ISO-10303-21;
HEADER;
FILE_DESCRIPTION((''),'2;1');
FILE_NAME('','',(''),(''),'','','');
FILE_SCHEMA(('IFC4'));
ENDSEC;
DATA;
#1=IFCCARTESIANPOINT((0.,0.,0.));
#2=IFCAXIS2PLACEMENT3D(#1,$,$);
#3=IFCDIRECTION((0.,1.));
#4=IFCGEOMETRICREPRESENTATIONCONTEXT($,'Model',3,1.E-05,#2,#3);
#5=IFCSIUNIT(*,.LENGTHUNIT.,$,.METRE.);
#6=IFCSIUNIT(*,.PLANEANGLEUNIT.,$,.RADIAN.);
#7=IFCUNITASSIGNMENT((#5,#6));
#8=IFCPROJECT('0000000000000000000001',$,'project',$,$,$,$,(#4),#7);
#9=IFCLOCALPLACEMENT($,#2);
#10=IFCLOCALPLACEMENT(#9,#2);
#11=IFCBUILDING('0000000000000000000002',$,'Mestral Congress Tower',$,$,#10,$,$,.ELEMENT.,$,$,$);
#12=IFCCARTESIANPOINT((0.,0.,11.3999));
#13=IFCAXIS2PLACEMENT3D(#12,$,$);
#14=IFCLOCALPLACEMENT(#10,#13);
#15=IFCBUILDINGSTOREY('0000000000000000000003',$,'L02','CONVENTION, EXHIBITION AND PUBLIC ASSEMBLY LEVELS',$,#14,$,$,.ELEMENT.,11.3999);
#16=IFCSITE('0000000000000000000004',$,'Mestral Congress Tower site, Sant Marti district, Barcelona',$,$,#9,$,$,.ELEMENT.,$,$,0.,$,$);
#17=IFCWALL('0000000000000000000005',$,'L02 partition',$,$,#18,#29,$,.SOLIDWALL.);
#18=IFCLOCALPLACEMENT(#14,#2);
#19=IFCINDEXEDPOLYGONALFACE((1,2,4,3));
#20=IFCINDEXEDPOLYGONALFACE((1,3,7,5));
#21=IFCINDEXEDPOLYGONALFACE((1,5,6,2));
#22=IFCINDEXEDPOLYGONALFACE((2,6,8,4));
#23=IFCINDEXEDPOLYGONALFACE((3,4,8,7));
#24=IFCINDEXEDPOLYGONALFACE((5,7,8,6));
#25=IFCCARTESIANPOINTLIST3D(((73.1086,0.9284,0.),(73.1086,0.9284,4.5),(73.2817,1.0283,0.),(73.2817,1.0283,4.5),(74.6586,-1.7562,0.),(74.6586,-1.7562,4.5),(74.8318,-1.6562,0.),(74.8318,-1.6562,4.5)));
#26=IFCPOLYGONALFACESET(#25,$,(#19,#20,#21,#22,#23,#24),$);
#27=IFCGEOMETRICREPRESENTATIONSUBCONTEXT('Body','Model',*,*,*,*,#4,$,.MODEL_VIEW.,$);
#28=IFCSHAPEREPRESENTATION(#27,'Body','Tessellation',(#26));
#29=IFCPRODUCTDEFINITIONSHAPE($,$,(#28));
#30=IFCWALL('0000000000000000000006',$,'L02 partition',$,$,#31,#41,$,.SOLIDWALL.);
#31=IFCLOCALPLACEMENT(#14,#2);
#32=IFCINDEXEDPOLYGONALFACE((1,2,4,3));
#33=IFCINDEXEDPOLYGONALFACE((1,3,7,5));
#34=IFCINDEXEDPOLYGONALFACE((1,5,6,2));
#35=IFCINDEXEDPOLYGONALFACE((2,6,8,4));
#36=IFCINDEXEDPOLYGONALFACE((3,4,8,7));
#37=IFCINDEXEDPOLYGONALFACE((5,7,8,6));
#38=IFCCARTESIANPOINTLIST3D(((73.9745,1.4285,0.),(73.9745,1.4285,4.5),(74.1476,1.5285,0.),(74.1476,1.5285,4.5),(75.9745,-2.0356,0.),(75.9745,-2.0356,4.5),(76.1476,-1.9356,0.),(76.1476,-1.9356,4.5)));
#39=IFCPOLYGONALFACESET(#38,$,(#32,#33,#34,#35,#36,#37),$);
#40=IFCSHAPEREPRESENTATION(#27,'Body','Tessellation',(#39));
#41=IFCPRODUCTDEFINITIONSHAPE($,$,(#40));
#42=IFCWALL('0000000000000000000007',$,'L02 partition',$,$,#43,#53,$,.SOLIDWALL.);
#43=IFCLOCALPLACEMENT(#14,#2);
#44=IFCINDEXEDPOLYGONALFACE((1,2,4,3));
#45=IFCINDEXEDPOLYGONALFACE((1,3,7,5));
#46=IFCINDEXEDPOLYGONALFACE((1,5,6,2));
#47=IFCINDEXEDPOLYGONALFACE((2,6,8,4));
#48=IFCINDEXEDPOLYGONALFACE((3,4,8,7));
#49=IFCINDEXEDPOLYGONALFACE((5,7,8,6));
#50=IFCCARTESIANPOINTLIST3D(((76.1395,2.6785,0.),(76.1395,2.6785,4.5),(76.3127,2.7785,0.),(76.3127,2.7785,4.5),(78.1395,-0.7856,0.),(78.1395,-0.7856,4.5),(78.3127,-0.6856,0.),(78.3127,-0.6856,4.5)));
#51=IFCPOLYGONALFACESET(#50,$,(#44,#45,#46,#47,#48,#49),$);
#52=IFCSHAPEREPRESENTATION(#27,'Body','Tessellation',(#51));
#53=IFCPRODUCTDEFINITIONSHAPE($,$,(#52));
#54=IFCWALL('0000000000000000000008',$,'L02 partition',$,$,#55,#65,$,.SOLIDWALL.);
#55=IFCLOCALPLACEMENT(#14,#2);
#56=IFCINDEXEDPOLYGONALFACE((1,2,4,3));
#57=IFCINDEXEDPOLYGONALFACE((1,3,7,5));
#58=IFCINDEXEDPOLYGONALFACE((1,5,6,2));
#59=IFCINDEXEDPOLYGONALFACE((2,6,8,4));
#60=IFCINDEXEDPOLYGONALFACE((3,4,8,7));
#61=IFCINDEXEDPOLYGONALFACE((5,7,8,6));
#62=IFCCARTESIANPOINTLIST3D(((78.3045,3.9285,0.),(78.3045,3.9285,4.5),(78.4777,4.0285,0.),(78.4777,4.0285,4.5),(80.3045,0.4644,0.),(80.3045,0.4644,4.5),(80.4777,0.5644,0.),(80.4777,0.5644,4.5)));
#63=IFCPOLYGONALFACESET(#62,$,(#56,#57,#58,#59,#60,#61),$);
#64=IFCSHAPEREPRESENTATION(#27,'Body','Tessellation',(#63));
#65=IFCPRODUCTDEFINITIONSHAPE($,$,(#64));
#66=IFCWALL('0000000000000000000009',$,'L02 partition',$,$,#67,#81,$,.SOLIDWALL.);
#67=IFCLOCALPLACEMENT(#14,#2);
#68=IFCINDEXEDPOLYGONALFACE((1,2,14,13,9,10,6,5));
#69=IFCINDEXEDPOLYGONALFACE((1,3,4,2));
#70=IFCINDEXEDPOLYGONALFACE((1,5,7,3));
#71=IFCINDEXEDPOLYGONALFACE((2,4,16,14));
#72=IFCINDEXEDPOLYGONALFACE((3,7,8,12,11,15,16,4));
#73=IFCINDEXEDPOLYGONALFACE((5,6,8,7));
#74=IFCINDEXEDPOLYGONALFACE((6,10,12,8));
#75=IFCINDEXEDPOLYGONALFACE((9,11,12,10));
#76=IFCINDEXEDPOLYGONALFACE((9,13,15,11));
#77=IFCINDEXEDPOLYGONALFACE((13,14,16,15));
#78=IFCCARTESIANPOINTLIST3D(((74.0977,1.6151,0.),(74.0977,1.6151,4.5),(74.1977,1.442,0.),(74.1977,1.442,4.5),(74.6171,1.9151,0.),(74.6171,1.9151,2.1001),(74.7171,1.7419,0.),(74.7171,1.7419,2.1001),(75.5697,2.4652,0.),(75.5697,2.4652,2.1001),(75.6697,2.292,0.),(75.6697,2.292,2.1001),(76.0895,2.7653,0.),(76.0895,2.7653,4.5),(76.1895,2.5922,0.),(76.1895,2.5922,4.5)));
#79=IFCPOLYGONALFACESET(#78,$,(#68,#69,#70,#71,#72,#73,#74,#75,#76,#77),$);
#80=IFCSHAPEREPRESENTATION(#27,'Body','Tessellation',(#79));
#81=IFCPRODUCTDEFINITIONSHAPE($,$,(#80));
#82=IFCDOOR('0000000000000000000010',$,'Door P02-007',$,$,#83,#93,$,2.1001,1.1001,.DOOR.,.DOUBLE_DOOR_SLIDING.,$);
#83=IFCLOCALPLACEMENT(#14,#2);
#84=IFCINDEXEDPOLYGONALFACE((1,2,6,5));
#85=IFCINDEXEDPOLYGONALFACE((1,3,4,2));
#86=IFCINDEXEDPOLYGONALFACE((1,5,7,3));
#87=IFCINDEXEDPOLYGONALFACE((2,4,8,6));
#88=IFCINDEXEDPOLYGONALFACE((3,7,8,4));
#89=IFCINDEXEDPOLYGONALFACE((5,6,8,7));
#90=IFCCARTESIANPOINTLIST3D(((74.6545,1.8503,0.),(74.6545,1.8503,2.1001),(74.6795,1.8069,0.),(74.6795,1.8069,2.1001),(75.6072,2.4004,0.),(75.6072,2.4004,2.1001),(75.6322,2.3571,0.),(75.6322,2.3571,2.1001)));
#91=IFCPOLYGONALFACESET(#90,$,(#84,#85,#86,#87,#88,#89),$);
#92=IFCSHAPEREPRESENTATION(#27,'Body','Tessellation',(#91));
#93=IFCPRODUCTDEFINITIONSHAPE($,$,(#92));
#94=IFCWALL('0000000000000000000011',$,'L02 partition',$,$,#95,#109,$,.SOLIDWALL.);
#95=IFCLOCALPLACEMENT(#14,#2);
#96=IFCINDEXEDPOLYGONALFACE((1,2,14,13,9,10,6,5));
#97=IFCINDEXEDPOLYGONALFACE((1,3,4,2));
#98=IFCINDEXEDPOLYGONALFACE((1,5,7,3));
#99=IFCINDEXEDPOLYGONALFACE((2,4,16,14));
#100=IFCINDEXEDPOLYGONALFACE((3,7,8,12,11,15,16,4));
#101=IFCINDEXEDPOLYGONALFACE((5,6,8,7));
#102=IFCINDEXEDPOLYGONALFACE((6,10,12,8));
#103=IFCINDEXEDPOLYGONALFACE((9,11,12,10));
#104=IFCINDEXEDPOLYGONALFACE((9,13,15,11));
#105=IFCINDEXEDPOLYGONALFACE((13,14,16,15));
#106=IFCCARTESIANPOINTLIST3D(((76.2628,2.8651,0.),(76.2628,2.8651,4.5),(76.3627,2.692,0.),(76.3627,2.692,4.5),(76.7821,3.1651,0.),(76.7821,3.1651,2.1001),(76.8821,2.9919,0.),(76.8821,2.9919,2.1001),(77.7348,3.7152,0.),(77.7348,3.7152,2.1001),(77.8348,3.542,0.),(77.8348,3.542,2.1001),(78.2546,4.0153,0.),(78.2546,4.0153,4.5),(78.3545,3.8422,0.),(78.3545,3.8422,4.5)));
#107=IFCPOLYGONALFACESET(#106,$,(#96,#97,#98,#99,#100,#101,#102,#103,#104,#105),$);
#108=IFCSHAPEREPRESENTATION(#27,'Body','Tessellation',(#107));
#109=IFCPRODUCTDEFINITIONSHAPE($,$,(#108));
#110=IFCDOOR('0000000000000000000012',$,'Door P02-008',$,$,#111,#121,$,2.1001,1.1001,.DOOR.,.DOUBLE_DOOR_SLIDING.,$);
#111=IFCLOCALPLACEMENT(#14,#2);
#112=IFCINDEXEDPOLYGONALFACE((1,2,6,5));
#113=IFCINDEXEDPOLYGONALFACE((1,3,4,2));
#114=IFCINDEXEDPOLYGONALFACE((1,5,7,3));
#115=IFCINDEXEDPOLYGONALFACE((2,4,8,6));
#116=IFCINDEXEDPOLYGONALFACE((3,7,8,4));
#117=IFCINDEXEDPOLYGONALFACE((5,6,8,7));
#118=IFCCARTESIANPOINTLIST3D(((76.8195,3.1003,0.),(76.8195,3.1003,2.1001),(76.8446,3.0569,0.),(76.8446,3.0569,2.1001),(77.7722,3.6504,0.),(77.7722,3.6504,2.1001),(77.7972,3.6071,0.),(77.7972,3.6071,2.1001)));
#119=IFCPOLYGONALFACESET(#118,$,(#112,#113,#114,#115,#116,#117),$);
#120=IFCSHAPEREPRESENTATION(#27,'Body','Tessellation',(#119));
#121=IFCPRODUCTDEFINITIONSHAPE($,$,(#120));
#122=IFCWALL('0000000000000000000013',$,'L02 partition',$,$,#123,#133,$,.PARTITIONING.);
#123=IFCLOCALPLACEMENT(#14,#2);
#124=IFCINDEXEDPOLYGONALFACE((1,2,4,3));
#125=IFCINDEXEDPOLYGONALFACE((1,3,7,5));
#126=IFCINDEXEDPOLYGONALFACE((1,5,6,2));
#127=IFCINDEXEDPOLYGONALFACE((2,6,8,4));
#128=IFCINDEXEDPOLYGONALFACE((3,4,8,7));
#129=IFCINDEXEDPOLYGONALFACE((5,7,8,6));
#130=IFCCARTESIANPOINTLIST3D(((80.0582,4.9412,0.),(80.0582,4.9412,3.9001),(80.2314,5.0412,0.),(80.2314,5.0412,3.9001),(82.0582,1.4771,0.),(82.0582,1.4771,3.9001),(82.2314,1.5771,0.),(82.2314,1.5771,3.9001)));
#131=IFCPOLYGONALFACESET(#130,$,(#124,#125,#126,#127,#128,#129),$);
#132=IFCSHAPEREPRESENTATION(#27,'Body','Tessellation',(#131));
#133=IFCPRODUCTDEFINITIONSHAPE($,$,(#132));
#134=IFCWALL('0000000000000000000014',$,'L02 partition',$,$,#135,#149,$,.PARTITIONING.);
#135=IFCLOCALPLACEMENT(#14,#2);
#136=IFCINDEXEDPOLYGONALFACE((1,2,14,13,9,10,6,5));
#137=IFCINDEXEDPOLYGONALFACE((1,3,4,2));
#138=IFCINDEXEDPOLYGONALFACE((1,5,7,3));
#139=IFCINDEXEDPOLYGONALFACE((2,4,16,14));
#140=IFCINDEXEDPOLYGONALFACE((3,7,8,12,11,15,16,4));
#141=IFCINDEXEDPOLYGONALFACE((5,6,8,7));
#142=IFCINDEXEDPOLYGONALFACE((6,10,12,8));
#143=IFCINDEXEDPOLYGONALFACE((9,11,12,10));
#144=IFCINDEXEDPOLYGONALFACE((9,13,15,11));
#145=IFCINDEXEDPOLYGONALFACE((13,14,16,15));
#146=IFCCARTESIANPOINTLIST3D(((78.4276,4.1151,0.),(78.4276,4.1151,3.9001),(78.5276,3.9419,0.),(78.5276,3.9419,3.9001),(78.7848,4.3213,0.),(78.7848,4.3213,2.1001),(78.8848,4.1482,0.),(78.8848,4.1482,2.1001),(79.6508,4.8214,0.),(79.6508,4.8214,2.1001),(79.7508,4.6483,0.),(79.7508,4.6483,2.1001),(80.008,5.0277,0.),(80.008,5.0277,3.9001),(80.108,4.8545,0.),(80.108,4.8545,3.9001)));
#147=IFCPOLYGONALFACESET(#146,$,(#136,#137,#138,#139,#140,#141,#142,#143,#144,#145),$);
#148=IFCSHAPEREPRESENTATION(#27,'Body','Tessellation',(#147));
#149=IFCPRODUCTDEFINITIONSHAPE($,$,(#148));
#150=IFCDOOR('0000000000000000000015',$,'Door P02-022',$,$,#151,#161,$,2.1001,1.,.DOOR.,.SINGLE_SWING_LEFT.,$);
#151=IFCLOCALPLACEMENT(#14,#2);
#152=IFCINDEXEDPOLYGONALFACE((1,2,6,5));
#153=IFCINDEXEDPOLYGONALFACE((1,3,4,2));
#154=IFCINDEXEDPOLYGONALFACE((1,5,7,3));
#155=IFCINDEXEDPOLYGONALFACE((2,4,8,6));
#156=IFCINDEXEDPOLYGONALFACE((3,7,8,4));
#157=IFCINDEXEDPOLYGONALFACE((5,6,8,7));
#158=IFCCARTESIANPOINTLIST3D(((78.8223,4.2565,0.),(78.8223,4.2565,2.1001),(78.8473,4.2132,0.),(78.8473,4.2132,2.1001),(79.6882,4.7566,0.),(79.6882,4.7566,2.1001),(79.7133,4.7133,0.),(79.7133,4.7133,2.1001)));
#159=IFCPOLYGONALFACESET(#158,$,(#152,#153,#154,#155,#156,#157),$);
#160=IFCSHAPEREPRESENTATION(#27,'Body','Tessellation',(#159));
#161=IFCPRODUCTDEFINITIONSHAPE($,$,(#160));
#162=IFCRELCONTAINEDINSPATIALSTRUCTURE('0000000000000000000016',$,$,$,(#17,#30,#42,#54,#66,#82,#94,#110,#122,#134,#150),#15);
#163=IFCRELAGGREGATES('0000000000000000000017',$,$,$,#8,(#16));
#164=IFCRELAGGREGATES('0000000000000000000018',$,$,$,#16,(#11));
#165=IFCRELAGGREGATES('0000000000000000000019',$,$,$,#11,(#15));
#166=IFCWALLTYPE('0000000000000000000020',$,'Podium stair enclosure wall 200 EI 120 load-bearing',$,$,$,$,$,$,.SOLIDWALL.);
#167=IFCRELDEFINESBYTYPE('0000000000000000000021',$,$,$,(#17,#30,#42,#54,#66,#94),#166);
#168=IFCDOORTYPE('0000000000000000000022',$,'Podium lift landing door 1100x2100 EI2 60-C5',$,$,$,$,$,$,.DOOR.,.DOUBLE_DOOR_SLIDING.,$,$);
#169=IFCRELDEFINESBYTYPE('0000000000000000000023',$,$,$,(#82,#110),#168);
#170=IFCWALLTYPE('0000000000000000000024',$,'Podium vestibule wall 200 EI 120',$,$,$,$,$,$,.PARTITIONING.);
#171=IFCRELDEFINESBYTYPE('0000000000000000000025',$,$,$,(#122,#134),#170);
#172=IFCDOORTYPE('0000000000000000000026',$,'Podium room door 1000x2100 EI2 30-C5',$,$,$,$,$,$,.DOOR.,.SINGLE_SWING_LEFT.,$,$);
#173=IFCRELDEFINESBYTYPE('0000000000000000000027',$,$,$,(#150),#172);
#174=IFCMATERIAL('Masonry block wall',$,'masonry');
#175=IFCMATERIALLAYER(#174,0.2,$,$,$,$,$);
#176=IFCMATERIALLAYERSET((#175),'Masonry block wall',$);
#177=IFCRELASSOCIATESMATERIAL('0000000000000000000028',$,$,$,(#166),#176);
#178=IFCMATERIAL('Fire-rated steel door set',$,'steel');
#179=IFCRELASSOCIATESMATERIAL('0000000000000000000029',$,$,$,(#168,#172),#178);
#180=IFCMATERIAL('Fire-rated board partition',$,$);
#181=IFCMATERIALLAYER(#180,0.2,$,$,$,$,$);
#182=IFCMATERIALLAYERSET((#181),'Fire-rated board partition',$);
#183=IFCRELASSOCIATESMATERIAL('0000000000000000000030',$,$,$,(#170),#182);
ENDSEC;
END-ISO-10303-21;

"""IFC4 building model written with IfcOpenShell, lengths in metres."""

from ifc_helpers import new_model, si_unit, direction, frame, frame_2d, origin, place, context, subcontext, project, spatial, rectangle, extrude, material, layer, layer_set, type_object, element, fill, save


model = new_model("IFC4")

# Units and contexts
model_context = context("Model", 3, precision=1e-05, world=origin(), true_north=direction((0.0, 1.0)))
body_context = subcontext(model_context, "Body", "Model", "MODEL_VIEW")
ifc_project = project(units=[si_unit("LENGTHUNIT", "METRE"), si_unit("PLANEANGLEUNIT", "RADIAN")], contexts=[model_context])

# Site, building, storey
site_placement = place(None, origin())
site = spatial("IfcSite", under=ifc_project, at=site_placement, Name="Mestral Congress Tower site, Sant Marti district, Barcelona", CompositionType="ELEMENT", RefElevation=0.0)
building_placement = place(site_placement, origin())
building = spatial("IfcBuilding", under=site, at=building_placement, Name="Mestral Congress Tower", CompositionType="ELEMENT")
storey_placement = place(building_placement, frame((0.0, 0.0, 11.3999)))
storey = spatial("IfcBuildingStorey", under=building, at=storey_placement, Name="L02", Description="CONVENTION, EXHIBITION AND PUBLIC ASSEMBLY LEVELS", CompositionType="ELEMENT", Elevation=11.3999)

# Shared definitions
ifc_material_1 = material(Name="Masonry block wall", Category="masonry")
ifc_material_2 = material(Name="Fire-rated steel door set", Category="steel")

# Walls
ifc_layer_1 = layer(ifc_material_1, 0.2)
ifc_layer_set_1 = layer_set([ifc_layer_1], Name="Masonry block wall")
wall_type_1 = type_object("IfcWallType", Name="Podium stair enclosure wall 200 EI 120 load-bearing", PredefinedType="SOLIDWALL", material=ifc_layer_set_1)
wall_1_placement = place(storey_placement, frame((74.7451, -1.7061, 0.0), z_axis=(0.0, 0.0, 1.0), x_axis=(-0.500027, 0.86601, 0.0)))
element("IfcWall", 1, at=wall_1_placement, inside=storey, type_object=wall_type_1, Name="L02 partition", PredefinedType="SOLIDWALL", context=body_context, shape_type="SweptSolid", body=[
    extrude(rectangle(XDim=3.0999, YDim=0.2, at=frame_2d((1.5498, 0.0))), origin(), (0.0, 0.0, 1.0), 4.5),
])
for number, where, z_axis, x_axis, name in (
    (2, (76.061, -1.9856, 0.0), (0.0, 0.0, 1.0), (-0.499999, 0.866026, 0.0), "L02 partition"),
    (3, (78.2261, -0.7356, 0.0), (0.0, 0.0, 1.0), (-0.499999, 0.866026, 0.0), "L02 partition"),
    (4, (80.3911, 0.5144, 0.0), (0.0, 0.0, 1.0), (-0.499999, 0.866026, 0.0), "L02 partition"),
):
    element("IfcWall", number, at=place(storey_placement, frame(where, z_axis=z_axis, x_axis=x_axis)), inside=storey, type_object=wall_type_1, Name=name, PredefinedType="SOLIDWALL", context=body_context, shape_type="SweptSolid", body=[
        extrude(rectangle(XDim=4.0, YDim=0.2, at=frame_2d((2.0, 0.0))), origin(), (0.0, 0.0, 1.0), 4.5),
    ])

# Walls, openings, doors
wall_2_placement = place(storey_placement, frame((76.1394, 2.6787, 0.0), z_axis=(0.0, 0.0, 1.0), x_axis=(-0.865981, -0.500078, 0.0)))
wall_2 = element("IfcWall", 5, at=wall_2_placement, inside=storey, type_object=wall_type_1, Name="L02 partition", PredefinedType="SOLIDWALL", context=body_context, shape_type="SweptSolid", body=[
    extrude(rectangle(XDim=2.3, YDim=0.2, at=frame_2d((1.1499, 0.0))), origin(), (0.0, 0.0, 1.0), 4.5),
])
opening_1_placement = place(wall_2_placement, frame((0.6001, 0.0, 0.0)))
opening_1 = element("IfcOpeningElement", 6, at=opening_1_placement, cuts=wall_2, PredefinedType="OPENING", context=body_context, shape_type="SweptSolid", body=[
    extrude(rectangle(XDim=1.1001, YDim=2.1001, at=frame_2d((0.55, 1.05))), frame((0.0, 0.1099, 0.0), z_axis=(0.0, -1.0, 0.0), x_axis=(1.0, 0.0, 0.0)), (0.0, 0.0, 1.0), 0.22),
])
door_type_1 = type_object("IfcDoorType", Name="Podium lift landing door 1100x2100 EI2 60-C5", OperationType="DOUBLE_DOOR_SLIDING", PredefinedType="DOOR", material=ifc_material_2)
door_1_placement = place(opening_1_placement, origin())
door_1 = element("IfcDoor", 7, at=door_1_placement, inside=storey, type_object=door_type_1, Name="Door P02-007", OperationType="DOUBLE_DOOR_SLIDING", OverallHeight=2.1001, OverallWidth=1.1001, PredefinedType="DOOR", context=body_context, shape_type="SweptSolid", body=[
    extrude(rectangle(XDim=1.1001, YDim=2.1001, at=frame_2d((0.55, 1.05))), frame((0.0, 0.0249, 0.0), z_axis=(0.0, -1.0, 0.0), x_axis=(1.0, 0.0, 0.0)), (0.0, 0.0, 1.0), 0.05),
])
fill(opening_1, door_1)
wall_3_placement = place(storey_placement, frame((78.3044, 3.9287, 0.0), z_axis=(0.0, 0.0, 1.0), x_axis=(-0.865981, -0.500078, 0.0)))
wall_3 = element("IfcWall", 8, at=wall_3_placement, inside=storey, type_object=wall_type_1, Name="L02 partition", PredefinedType="SOLIDWALL", context=body_context, shape_type="SweptSolid", body=[
    extrude(rectangle(XDim=2.3, YDim=0.2, at=frame_2d((1.1499, 0.0))), origin(), (0.0, 0.0, 1.0), 4.5),
])
opening_2_placement = place(wall_3_placement, frame((0.6001, 0.0, 0.0)))
opening_2 = element("IfcOpeningElement", 9, at=opening_2_placement, cuts=wall_3, PredefinedType="OPENING", context=body_context, shape_type="SweptSolid", body=[
    extrude(rectangle(XDim=1.1001, YDim=2.1001, at=frame_2d((0.55, 1.05))), frame((0.0, 0.1099, 0.0), z_axis=(0.0, -1.0, 0.0), x_axis=(1.0, 0.0, 0.0)), (0.0, 0.0, 1.0), 0.22),
])
door_2_placement = place(opening_2_placement, origin())
door_2 = element("IfcDoor", 10, at=door_2_placement, inside=storey, type_object=door_type_1, Name="Door P02-008", OperationType="DOUBLE_DOOR_SLIDING", OverallHeight=2.1001, OverallWidth=1.1001, PredefinedType="DOOR", context=body_context, shape_type="SweptSolid", body=[
    extrude(rectangle(XDim=1.1001, YDim=2.1001, at=frame_2d((0.55, 1.05))), frame((0.0, 0.0249, 0.0), z_axis=(0.0, -1.0, 0.0), x_axis=(1.0, 0.0, 0.0)), (0.0, 0.0, 1.0), 0.05),
])
fill(opening_2, door_2)

# Wall
ifc_material_3 = material(Name="Fire-rated board partition")
ifc_layer_2 = layer(ifc_material_3, 0.2)
ifc_layer_set_2 = layer_set([ifc_layer_2], Name="Fire-rated board partition")
wall_type_2 = type_object("IfcWallType", Name="Podium vestibule wall 200 EI 120", PredefinedType="PARTITIONING", material=ifc_layer_set_2)
wall_4_placement = place(storey_placement, frame((82.1448, 1.5271, 0.0), z_axis=(0.0, 0.0, 1.0), x_axis=(-0.499999, 0.866026, 0.0)))
element("IfcWall", 11, at=wall_4_placement, inside=storey, type_object=wall_type_2, Name="L02 partition", PredefinedType="PARTITIONING", context=body_context, shape_type="SweptSolid", body=[
    extrude(rectangle(XDim=4.0, YDim=0.2, at=frame_2d((2.0, 0.0))), origin(), (0.0, 0.0, 1.0), 3.9001),
])

# Wall, opening, door
wall_5_placement = place(storey_placement, frame((80.0581, 4.9412, 0.0), z_axis=(0.0, 0.0, 1.0), x_axis=(-0.865978, -0.500081, 0.0)))
wall_5 = element("IfcWall", 12, at=wall_5_placement, inside=storey, type_object=wall_type_2, Name="L02 partition", PredefinedType="PARTITIONING", context=body_context, shape_type="SweptSolid", body=[
    extrude(rectangle(XDim=1.825, YDim=0.2, at=frame_2d((0.9126, 0.0))), origin(), (0.0, 0.0, 1.0), 3.9001),
])
opening_3_placement = place(wall_5_placement, frame((0.4126, 0.0, 0.0)))
opening_3 = element("IfcOpeningElement", 13, at=opening_3_placement, cuts=wall_5, PredefinedType="OPENING", context=body_context, shape_type="SweptSolid", body=[
    extrude(rectangle(XDim=1.0, YDim=2.1001, at=frame_2d((0.5, 1.05))), frame((0.0, 0.1099, 0.0), z_axis=(0.0, -1.0, 0.0), x_axis=(1.0, 0.0, 0.0)), (0.0, 0.0, 1.0), 0.22),
])
door_type_2 = type_object("IfcDoorType", Name="Podium room door 1000x2100 EI2 30-C5", OperationType="SINGLE_SWING_LEFT", PredefinedType="DOOR", material=ifc_material_2)
door_3_placement = place(opening_3_placement, origin())
door_3 = element("IfcDoor", 14, at=door_3_placement, inside=storey, type_object=door_type_2, Name="Door P02-022", OperationType="SINGLE_SWING_LEFT", OverallHeight=2.1001, OverallWidth=1.0, PredefinedType="DOOR", context=body_context, shape_type="SweptSolid", body=[
    extrude(rectangle(XDim=1.0, YDim=2.1001, at=frame_2d((0.5, 1.05))), frame((0.0, 0.0249, 0.0), z_axis=(0.0, -1.0, 0.0), x_axis=(1.0, 0.0, 0.0)), (0.0, 0.0, 1.0), 0.05),
])
fill(opening_3, door_3)

save(model, "model.ifc")
